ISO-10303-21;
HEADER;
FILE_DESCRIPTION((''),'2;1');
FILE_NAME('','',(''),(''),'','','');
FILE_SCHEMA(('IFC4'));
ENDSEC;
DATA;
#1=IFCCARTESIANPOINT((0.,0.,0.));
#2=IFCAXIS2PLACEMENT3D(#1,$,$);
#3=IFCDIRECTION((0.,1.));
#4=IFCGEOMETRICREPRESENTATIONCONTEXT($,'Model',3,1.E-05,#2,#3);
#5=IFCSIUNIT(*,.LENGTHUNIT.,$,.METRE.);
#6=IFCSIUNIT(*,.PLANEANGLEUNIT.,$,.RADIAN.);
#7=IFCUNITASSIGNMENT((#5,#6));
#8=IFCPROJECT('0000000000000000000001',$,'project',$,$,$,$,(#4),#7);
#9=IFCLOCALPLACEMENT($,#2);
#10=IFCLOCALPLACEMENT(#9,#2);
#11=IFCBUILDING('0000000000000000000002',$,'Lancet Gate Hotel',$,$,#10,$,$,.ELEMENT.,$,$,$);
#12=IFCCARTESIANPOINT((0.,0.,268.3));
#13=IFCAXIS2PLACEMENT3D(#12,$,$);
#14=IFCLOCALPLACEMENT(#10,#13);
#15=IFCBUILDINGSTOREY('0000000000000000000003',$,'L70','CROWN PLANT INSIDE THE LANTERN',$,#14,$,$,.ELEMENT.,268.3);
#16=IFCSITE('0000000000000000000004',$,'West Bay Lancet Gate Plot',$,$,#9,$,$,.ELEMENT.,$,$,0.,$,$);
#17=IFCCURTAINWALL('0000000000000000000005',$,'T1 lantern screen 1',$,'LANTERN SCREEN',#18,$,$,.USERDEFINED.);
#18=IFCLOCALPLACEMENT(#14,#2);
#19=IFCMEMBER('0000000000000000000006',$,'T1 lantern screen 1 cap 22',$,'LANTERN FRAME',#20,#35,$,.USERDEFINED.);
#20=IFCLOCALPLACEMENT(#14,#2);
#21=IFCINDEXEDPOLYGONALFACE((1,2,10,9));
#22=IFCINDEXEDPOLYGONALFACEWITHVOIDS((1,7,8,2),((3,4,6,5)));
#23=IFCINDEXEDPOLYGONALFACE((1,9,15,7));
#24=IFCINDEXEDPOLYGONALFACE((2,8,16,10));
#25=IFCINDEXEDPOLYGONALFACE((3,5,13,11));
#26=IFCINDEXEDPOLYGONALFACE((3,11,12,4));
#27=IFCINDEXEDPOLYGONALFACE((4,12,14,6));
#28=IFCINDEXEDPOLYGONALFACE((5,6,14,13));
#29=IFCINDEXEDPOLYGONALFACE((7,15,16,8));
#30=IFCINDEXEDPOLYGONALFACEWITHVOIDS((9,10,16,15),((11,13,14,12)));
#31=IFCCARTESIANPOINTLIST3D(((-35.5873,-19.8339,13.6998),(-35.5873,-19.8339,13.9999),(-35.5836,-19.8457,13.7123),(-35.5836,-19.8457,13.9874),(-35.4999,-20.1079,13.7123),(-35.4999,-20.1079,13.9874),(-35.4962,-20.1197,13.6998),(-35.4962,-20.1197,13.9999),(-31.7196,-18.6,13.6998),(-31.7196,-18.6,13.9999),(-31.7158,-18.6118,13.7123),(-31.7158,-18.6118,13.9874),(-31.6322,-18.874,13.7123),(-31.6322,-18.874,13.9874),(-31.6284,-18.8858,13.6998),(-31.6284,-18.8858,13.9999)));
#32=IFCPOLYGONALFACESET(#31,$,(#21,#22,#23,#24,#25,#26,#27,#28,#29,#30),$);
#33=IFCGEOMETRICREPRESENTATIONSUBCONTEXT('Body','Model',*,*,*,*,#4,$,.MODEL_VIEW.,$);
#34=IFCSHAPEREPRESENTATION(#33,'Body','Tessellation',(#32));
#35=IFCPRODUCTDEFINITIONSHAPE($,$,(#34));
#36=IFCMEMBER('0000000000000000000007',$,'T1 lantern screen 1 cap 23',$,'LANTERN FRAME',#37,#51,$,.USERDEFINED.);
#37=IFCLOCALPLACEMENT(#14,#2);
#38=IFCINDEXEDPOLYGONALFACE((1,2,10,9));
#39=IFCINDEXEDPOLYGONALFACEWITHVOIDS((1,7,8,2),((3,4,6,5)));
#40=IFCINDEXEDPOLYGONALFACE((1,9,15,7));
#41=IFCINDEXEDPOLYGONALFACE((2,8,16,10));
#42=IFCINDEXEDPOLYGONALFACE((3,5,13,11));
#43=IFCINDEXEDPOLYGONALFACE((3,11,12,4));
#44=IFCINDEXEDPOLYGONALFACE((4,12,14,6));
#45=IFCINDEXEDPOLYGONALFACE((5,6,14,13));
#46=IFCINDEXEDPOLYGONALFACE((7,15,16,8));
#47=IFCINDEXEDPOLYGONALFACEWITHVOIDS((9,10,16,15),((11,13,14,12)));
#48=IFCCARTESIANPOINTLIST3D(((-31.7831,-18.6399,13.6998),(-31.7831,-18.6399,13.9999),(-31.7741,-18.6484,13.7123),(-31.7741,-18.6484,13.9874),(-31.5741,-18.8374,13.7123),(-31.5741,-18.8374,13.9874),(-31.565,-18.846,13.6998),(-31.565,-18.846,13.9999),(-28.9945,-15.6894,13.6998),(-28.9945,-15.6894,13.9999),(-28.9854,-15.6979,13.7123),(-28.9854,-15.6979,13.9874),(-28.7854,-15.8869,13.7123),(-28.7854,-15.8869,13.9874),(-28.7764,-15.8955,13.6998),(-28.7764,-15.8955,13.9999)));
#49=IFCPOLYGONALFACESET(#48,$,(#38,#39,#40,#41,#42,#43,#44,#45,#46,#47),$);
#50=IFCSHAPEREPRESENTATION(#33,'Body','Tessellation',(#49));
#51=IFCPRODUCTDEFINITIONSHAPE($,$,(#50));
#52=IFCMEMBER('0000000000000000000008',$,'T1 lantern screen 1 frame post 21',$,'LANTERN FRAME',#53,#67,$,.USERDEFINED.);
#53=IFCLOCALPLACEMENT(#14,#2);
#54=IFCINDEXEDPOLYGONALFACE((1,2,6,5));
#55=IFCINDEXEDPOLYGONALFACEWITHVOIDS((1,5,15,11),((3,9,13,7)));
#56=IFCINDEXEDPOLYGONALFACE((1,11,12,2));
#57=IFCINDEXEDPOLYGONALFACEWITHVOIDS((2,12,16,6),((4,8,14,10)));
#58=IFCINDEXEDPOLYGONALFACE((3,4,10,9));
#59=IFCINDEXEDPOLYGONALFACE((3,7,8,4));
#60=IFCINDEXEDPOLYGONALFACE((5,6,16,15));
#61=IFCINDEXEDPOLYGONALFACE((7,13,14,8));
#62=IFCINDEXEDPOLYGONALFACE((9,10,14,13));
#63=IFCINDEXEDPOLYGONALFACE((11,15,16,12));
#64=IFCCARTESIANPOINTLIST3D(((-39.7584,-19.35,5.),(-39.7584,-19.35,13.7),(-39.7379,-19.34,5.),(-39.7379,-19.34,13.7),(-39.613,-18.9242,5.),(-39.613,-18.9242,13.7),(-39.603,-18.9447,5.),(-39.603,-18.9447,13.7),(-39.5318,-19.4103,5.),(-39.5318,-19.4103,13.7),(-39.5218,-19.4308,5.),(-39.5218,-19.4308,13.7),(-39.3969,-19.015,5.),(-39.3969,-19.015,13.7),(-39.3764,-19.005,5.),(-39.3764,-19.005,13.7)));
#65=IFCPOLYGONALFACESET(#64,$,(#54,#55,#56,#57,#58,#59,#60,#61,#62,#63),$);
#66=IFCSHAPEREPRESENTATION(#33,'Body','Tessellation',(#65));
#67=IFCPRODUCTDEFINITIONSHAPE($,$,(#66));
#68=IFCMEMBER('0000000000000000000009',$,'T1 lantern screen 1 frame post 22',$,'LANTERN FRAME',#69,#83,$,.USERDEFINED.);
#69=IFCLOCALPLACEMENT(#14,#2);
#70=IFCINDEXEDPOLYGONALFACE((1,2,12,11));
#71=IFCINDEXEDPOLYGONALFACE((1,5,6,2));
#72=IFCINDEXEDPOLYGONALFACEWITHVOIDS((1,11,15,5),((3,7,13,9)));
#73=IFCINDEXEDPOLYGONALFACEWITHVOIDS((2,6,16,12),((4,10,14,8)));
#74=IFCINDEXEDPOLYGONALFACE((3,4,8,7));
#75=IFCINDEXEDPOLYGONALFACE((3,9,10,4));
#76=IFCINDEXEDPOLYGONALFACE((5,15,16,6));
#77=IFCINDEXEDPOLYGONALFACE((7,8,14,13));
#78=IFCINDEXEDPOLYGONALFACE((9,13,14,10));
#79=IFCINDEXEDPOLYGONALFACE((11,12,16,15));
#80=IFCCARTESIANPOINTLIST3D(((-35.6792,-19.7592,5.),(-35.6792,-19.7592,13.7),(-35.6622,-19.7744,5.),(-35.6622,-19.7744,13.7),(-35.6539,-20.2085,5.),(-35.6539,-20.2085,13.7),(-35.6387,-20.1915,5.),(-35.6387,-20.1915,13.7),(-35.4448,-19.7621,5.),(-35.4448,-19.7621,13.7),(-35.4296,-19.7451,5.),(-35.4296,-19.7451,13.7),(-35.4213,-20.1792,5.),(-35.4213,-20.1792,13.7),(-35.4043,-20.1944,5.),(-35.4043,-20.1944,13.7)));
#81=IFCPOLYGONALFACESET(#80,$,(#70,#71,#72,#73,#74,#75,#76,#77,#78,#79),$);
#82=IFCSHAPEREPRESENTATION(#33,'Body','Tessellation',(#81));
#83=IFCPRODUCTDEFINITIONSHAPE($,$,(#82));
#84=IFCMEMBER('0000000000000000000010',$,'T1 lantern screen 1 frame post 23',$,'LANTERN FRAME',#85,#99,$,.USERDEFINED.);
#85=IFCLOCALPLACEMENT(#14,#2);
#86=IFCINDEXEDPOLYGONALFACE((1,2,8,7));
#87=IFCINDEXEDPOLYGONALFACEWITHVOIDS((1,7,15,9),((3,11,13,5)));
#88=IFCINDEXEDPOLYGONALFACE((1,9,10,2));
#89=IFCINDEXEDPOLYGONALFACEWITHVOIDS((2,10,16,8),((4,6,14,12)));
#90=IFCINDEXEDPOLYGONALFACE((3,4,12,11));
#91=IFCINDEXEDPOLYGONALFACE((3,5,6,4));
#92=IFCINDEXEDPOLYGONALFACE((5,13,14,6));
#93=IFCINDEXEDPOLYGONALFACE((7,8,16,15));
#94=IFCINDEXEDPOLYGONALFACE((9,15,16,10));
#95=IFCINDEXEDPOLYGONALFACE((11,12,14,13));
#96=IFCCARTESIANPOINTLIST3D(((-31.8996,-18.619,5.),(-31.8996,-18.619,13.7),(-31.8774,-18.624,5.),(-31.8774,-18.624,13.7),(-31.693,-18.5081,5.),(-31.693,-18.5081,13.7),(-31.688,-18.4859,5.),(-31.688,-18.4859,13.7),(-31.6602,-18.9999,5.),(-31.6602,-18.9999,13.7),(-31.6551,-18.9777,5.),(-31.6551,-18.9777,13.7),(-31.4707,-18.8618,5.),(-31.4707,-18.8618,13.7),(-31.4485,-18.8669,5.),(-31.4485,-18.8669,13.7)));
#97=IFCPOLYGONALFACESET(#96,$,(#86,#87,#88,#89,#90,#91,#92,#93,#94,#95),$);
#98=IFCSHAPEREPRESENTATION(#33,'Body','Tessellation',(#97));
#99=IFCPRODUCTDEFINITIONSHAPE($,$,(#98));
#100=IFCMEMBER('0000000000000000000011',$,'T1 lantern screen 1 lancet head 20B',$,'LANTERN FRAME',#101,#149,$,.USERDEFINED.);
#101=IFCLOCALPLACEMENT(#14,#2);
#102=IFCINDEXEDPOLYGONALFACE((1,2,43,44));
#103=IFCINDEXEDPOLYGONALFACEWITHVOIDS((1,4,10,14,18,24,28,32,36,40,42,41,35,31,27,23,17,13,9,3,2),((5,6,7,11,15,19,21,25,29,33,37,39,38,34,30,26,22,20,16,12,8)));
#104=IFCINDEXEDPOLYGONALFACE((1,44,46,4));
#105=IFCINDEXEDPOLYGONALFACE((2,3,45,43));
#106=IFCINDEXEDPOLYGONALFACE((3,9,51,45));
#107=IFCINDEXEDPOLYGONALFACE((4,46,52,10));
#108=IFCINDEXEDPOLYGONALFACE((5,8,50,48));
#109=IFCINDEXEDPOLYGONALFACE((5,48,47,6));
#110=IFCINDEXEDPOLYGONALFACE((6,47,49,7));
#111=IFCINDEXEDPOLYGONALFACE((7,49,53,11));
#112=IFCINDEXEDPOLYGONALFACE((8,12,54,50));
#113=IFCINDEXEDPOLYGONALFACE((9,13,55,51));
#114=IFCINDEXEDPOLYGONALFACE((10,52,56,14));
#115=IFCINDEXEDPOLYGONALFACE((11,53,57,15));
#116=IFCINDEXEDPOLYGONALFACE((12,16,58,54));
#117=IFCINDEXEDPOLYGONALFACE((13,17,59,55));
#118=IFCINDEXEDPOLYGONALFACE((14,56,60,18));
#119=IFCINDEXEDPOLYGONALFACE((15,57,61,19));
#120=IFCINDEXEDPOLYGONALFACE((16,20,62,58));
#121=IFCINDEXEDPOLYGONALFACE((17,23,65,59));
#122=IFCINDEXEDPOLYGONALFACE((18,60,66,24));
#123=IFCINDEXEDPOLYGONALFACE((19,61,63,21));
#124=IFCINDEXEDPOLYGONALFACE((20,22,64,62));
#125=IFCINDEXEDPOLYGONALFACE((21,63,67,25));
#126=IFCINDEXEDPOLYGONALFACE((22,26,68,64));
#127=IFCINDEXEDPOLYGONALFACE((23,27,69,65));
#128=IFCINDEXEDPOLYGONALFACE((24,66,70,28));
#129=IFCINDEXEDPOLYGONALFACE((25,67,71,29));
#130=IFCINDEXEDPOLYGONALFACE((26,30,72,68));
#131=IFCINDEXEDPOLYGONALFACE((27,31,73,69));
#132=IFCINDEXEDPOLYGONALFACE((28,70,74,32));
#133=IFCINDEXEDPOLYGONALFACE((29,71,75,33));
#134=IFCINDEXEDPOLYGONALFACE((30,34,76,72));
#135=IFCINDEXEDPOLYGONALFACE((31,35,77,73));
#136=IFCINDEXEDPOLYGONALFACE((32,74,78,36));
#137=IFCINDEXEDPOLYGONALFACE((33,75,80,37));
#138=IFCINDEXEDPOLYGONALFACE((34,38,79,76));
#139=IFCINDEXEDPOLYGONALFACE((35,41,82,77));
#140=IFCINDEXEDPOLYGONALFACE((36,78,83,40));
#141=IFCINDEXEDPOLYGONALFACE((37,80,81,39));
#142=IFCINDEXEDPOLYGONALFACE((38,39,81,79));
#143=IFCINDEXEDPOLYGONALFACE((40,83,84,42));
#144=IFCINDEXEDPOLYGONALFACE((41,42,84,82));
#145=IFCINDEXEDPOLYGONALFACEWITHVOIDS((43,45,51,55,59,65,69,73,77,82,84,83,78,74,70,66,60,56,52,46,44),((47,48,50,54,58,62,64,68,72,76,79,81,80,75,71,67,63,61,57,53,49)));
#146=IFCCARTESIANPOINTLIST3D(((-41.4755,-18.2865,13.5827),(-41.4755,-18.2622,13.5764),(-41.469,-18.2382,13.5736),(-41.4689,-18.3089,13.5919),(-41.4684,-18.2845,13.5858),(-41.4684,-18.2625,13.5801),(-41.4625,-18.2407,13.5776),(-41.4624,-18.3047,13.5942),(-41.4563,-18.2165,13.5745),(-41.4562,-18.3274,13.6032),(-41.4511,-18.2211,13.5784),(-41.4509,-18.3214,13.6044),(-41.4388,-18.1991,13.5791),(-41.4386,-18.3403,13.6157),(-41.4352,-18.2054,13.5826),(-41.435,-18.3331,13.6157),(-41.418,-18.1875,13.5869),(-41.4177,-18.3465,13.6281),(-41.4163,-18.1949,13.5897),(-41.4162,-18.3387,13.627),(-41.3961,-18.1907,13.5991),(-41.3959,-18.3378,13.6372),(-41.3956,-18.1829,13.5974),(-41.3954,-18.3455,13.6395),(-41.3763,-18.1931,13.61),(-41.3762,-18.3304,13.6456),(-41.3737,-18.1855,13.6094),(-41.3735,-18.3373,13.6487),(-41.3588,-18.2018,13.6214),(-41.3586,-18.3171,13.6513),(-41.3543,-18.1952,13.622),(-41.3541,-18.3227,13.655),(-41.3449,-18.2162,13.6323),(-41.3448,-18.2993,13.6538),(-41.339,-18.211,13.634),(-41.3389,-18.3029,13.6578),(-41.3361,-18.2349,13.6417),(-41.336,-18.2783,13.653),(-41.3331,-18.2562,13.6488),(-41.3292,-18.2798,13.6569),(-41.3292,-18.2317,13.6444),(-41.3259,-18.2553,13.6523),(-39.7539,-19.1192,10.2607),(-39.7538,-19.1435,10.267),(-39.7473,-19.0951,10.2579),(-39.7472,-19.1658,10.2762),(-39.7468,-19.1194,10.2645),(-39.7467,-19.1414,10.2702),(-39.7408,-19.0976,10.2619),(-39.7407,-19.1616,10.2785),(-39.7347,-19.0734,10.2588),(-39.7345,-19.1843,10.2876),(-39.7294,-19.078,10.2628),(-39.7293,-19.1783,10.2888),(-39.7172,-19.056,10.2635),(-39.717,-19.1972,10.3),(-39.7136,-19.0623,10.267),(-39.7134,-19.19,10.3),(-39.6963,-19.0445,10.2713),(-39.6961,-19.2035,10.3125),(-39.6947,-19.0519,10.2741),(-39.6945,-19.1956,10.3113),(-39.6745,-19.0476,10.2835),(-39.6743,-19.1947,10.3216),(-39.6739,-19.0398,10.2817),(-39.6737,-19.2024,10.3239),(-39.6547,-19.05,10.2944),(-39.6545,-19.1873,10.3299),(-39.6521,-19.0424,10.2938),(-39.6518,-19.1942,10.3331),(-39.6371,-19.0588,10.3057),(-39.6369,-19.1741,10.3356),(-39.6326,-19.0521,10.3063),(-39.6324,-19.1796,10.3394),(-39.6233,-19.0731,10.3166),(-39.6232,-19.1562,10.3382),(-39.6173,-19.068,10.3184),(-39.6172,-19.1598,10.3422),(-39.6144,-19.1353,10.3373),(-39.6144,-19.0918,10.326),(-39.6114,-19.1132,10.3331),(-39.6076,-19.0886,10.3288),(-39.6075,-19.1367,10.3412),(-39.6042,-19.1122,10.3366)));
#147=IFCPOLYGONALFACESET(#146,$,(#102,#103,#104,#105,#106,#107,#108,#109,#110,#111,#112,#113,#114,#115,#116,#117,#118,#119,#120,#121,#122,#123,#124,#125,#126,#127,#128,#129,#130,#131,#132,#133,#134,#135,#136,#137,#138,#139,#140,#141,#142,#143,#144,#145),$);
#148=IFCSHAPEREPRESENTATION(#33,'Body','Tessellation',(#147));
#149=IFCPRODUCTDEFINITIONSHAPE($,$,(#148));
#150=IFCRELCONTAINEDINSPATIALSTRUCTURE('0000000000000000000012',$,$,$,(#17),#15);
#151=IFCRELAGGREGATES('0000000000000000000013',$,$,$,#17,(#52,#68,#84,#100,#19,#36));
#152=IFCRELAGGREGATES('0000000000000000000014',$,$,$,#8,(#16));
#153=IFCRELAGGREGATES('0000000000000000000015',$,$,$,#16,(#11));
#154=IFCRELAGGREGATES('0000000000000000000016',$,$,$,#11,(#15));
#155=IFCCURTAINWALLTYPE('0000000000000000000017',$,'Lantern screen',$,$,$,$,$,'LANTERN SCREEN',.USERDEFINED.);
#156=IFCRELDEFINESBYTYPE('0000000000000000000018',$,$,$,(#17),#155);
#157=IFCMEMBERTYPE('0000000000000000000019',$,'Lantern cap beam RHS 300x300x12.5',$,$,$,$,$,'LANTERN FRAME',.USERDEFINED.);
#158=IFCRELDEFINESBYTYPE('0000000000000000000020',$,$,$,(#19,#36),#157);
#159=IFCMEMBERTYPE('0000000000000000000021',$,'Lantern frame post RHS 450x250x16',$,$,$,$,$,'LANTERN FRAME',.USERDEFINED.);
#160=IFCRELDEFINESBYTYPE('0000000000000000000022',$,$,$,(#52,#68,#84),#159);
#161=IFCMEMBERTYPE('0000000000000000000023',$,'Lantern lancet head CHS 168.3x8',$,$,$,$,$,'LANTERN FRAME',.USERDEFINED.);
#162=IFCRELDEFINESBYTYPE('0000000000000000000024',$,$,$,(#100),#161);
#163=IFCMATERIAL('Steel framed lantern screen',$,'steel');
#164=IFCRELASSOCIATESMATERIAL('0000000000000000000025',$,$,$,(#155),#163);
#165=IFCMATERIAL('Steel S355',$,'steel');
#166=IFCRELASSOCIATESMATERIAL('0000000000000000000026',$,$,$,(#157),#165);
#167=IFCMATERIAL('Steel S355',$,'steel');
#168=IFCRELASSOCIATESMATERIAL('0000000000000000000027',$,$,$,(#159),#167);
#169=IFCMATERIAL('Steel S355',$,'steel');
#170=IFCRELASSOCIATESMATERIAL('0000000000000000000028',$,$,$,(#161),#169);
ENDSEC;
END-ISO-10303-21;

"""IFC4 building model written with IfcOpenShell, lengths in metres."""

from ifc_helpers import new_model, si_unit, direction, frame, origin, origin_2d, place, context, subcontext, project, spatial, hollow_rectangle, hollow_circle, extrude, material, material_profile, profile_set, type_object, element, aggregate, save


model = new_model("IFC4")

# Units and contexts
model_context = context("Model", 3, precision=1e-05, world=origin(), true_north=direction((0.0, 1.0)))
body_context = subcontext(model_context, "Body", "Model", "MODEL_VIEW")
ifc_project = project(units=[si_unit("LENGTHUNIT", "METRE"), si_unit("PLANEANGLEUNIT", "RADIAN")], contexts=[model_context])

# Site, building, storey
site_placement = place(None, origin())
site = spatial("IfcSite", under=ifc_project, at=site_placement, Name="West Bay Lancet Gate Plot", CompositionType="ELEMENT", RefElevation=0.0)
building_placement = place(site_placement, origin())
building = spatial("IfcBuilding", under=site, at=building_placement, Name="Lancet Gate Hotel", CompositionType="ELEMENT")
storey_placement = place(building_placement, frame((0.0, 0.0, 268.3)))
storey = spatial("IfcBuildingStorey", under=building, at=storey_placement, Name="L70", Description="CROWN PLANT INSIDE THE LANTERN", CompositionType="ELEMENT", Elevation=268.3)

# Curtain wall, members
ifc_material_1 = material(Name="Steel framed lantern screen", Category="steel")
curtain_wall_type_1 = type_object("IfcCurtainWallType", Name="Lantern screen", ElementType="LANTERN SCREEN", PredefinedType="USERDEFINED", material=ifc_material_1)
curtain_wall_1_placement = place(storey_placement, origin())
curtain_wall_1 = element("IfcCurtainWall", 1, at=curtain_wall_1_placement, inside=storey, type_object=curtain_wall_type_1, Name="T1 lantern screen 1", ObjectType="LANTERN SCREEN", PredefinedType="USERDEFINED")
ifc_material_2 = material(Name="Steel S355", Category="steel")
ifc_material_profile_1 = material_profile(ifc_material_2, hollow_rectangle(XDim=0.3, YDim=0.3, WallThickness=0.0125, at=origin_2d()), Name="RHS 300x300x12.5")
ifc_profile_set_1 = profile_set([ifc_material_profile_1], Name="Steel S355")
member_type_1 = type_object("IfcMemberType", Name="Lantern cap beam RHS 300x300x12.5", ElementType="LANTERN FRAME", PredefinedType="USERDEFINED", material=ifc_profile_set_1)
member_1_placement = place(storey_placement, frame((-35.5417, -19.9768, 13.8499), z_axis=(0.952693, 0.303933, 0.0), x_axis=(-0.303933, 0.952693, 0.0)))
member_1 = element("IfcMember", 2, at=member_1_placement, type_object=member_type_1, Name="T1 lantern screen 1 cap 22", ObjectType="LANTERN FRAME", PredefinedType="USERDEFINED", context=body_context, shape_type="SweptSolid", body=[
    extrude(hollow_rectangle(XDim=0.3, YDim=0.3, WallThickness=0.0125, at=origin_2d()), origin(), (0.0, 0.0, 1.0), 4.0598),
])
member_2_placement = place(storey_placement, frame((-31.6741, -18.7429, 13.8499), z_axis=(0.68689, 0.726761, 0.0), x_axis=(-0.726761, 0.68689, 0.0)))
member_2 = element("IfcMember", 3, at=member_2_placement, type_object=member_type_1, Name="T1 lantern screen 1 cap 23", ObjectType="LANTERN FRAME", PredefinedType="USERDEFINED", context=body_context, shape_type="SweptSolid", body=[
    extrude(hollow_rectangle(XDim=0.3, YDim=0.3, WallThickness=0.0125, at=origin_2d()), origin(), (0.0, 0.0, 1.0), 4.0598),
])
ifc_material_3 = material(Name="Steel S355", Category="steel")
ifc_material_profile_2 = material_profile(ifc_material_3, hollow_rectangle(XDim=0.25, YDim=0.45, WallThickness=0.0161, at=origin_2d()), Name="RHS 450x250x16")
ifc_profile_set_2 = profile_set([ifc_material_profile_2], Name="Steel S355")
member_type_2 = type_object("IfcMemberType", Name="Lantern frame post RHS 450x250x16", ElementType="LANTERN FRAME", PredefinedType="USERDEFINED", material=ifc_profile_set_2)
member_3_placement = place(storey_placement, frame((-39.5674, -19.1775, 5.0), z_axis=(0.0, 0.0, 1.0), x_axis=(0.946394, -0.323013, 0.0)))
member_3 = element("IfcMember", 4, at=member_3_placement, type_object=member_type_2, Name="T1 lantern screen 1 frame post 21", ObjectType="LANTERN FRAME", PredefinedType="USERDEFINED", context=body_context, shape_type="SweptSolid", body=[
    extrude(hollow_rectangle(XDim=0.25, YDim=0.45, WallThickness=0.0161, at=origin_2d()), origin(), (0.0, 0.0, 1.0), 8.7),
])
member_4_placement = place(storey_placement, frame((-35.5417, -19.9768, 5.0), z_axis=(0.0, 0.0, 1.0), x_axis=(0.998409, 0.056384, 0.0)))
member_4 = element("IfcMember", 5, at=member_4_placement, type_object=member_type_2, Name="T1 lantern screen 1 frame post 22", ObjectType="LANTERN FRAME", PredefinedType="USERDEFINED", context=body_context, shape_type="SweptSolid", body=[
    extrude(hollow_rectangle(XDim=0.25, YDim=0.45, WallThickness=0.0161, at=origin_2d()), origin(), (0.0, 0.0, 1.0), 8.7),
])
member_5_placement = place(storey_placement, frame((-31.6741, -18.7429, 5.0), z_axis=(0.0, 0.0, 1.0), x_axis=(0.846613, 0.532209, 0.0)))
member_5 = element("IfcMember", 6, at=member_5_placement, type_object=member_type_2, Name="T1 lantern screen 1 frame post 23", ObjectType="LANTERN FRAME", PredefinedType="USERDEFINED", context=body_context, shape_type="SweptSolid", body=[
    extrude(hollow_rectangle(XDim=0.25, YDim=0.45, WallThickness=0.0161, at=origin_2d()), origin(), (0.0, 0.0, 1.0), 8.7),
])
ifc_material_4 = material(Name="Steel S355", Category="steel")
ifc_material_profile_3 = material_profile(ifc_material_4, hollow_circle(Radius=0.0842, WallThickness=0.0081, at=origin_2d()), Name="CHS 168.3x8.0")
ifc_profile_set_3 = profile_set([ifc_material_profile_3], Name="Steel S355")
member_type_3 = type_object("IfcMemberType", Name="Lantern lancet head CHS 168.3x8", ElementType="LANTERN FRAME", PredefinedType="USERDEFINED", material=ifc_profile_set_3)
member_6_placement = place(storey_placement, frame((-39.6794, -19.1218, 10.3), z_axis=(-0.449168, 0.223565, 0.865024), x_axis=(-0.445588, -0.895238, 0.0)))
member_6 = element("IfcMember", 7, at=member_6_placement, type_object=member_type_3, Name="T1 lantern screen 1 lancet head 20B", ObjectType="LANTERN FRAME", PredefinedType="USERDEFINED", context=body_context, shape_type="SweptSolid", body=[
    extrude(hollow_circle(Radius=0.0842, WallThickness=0.0081, at=origin_2d()), origin(), (0.0, 0.0, 1.0), 3.833),
])

aggregate(curtain_wall_1, [member_3, member_4, member_5, member_6, member_1, member_2])

save(model, "model.ifc")
